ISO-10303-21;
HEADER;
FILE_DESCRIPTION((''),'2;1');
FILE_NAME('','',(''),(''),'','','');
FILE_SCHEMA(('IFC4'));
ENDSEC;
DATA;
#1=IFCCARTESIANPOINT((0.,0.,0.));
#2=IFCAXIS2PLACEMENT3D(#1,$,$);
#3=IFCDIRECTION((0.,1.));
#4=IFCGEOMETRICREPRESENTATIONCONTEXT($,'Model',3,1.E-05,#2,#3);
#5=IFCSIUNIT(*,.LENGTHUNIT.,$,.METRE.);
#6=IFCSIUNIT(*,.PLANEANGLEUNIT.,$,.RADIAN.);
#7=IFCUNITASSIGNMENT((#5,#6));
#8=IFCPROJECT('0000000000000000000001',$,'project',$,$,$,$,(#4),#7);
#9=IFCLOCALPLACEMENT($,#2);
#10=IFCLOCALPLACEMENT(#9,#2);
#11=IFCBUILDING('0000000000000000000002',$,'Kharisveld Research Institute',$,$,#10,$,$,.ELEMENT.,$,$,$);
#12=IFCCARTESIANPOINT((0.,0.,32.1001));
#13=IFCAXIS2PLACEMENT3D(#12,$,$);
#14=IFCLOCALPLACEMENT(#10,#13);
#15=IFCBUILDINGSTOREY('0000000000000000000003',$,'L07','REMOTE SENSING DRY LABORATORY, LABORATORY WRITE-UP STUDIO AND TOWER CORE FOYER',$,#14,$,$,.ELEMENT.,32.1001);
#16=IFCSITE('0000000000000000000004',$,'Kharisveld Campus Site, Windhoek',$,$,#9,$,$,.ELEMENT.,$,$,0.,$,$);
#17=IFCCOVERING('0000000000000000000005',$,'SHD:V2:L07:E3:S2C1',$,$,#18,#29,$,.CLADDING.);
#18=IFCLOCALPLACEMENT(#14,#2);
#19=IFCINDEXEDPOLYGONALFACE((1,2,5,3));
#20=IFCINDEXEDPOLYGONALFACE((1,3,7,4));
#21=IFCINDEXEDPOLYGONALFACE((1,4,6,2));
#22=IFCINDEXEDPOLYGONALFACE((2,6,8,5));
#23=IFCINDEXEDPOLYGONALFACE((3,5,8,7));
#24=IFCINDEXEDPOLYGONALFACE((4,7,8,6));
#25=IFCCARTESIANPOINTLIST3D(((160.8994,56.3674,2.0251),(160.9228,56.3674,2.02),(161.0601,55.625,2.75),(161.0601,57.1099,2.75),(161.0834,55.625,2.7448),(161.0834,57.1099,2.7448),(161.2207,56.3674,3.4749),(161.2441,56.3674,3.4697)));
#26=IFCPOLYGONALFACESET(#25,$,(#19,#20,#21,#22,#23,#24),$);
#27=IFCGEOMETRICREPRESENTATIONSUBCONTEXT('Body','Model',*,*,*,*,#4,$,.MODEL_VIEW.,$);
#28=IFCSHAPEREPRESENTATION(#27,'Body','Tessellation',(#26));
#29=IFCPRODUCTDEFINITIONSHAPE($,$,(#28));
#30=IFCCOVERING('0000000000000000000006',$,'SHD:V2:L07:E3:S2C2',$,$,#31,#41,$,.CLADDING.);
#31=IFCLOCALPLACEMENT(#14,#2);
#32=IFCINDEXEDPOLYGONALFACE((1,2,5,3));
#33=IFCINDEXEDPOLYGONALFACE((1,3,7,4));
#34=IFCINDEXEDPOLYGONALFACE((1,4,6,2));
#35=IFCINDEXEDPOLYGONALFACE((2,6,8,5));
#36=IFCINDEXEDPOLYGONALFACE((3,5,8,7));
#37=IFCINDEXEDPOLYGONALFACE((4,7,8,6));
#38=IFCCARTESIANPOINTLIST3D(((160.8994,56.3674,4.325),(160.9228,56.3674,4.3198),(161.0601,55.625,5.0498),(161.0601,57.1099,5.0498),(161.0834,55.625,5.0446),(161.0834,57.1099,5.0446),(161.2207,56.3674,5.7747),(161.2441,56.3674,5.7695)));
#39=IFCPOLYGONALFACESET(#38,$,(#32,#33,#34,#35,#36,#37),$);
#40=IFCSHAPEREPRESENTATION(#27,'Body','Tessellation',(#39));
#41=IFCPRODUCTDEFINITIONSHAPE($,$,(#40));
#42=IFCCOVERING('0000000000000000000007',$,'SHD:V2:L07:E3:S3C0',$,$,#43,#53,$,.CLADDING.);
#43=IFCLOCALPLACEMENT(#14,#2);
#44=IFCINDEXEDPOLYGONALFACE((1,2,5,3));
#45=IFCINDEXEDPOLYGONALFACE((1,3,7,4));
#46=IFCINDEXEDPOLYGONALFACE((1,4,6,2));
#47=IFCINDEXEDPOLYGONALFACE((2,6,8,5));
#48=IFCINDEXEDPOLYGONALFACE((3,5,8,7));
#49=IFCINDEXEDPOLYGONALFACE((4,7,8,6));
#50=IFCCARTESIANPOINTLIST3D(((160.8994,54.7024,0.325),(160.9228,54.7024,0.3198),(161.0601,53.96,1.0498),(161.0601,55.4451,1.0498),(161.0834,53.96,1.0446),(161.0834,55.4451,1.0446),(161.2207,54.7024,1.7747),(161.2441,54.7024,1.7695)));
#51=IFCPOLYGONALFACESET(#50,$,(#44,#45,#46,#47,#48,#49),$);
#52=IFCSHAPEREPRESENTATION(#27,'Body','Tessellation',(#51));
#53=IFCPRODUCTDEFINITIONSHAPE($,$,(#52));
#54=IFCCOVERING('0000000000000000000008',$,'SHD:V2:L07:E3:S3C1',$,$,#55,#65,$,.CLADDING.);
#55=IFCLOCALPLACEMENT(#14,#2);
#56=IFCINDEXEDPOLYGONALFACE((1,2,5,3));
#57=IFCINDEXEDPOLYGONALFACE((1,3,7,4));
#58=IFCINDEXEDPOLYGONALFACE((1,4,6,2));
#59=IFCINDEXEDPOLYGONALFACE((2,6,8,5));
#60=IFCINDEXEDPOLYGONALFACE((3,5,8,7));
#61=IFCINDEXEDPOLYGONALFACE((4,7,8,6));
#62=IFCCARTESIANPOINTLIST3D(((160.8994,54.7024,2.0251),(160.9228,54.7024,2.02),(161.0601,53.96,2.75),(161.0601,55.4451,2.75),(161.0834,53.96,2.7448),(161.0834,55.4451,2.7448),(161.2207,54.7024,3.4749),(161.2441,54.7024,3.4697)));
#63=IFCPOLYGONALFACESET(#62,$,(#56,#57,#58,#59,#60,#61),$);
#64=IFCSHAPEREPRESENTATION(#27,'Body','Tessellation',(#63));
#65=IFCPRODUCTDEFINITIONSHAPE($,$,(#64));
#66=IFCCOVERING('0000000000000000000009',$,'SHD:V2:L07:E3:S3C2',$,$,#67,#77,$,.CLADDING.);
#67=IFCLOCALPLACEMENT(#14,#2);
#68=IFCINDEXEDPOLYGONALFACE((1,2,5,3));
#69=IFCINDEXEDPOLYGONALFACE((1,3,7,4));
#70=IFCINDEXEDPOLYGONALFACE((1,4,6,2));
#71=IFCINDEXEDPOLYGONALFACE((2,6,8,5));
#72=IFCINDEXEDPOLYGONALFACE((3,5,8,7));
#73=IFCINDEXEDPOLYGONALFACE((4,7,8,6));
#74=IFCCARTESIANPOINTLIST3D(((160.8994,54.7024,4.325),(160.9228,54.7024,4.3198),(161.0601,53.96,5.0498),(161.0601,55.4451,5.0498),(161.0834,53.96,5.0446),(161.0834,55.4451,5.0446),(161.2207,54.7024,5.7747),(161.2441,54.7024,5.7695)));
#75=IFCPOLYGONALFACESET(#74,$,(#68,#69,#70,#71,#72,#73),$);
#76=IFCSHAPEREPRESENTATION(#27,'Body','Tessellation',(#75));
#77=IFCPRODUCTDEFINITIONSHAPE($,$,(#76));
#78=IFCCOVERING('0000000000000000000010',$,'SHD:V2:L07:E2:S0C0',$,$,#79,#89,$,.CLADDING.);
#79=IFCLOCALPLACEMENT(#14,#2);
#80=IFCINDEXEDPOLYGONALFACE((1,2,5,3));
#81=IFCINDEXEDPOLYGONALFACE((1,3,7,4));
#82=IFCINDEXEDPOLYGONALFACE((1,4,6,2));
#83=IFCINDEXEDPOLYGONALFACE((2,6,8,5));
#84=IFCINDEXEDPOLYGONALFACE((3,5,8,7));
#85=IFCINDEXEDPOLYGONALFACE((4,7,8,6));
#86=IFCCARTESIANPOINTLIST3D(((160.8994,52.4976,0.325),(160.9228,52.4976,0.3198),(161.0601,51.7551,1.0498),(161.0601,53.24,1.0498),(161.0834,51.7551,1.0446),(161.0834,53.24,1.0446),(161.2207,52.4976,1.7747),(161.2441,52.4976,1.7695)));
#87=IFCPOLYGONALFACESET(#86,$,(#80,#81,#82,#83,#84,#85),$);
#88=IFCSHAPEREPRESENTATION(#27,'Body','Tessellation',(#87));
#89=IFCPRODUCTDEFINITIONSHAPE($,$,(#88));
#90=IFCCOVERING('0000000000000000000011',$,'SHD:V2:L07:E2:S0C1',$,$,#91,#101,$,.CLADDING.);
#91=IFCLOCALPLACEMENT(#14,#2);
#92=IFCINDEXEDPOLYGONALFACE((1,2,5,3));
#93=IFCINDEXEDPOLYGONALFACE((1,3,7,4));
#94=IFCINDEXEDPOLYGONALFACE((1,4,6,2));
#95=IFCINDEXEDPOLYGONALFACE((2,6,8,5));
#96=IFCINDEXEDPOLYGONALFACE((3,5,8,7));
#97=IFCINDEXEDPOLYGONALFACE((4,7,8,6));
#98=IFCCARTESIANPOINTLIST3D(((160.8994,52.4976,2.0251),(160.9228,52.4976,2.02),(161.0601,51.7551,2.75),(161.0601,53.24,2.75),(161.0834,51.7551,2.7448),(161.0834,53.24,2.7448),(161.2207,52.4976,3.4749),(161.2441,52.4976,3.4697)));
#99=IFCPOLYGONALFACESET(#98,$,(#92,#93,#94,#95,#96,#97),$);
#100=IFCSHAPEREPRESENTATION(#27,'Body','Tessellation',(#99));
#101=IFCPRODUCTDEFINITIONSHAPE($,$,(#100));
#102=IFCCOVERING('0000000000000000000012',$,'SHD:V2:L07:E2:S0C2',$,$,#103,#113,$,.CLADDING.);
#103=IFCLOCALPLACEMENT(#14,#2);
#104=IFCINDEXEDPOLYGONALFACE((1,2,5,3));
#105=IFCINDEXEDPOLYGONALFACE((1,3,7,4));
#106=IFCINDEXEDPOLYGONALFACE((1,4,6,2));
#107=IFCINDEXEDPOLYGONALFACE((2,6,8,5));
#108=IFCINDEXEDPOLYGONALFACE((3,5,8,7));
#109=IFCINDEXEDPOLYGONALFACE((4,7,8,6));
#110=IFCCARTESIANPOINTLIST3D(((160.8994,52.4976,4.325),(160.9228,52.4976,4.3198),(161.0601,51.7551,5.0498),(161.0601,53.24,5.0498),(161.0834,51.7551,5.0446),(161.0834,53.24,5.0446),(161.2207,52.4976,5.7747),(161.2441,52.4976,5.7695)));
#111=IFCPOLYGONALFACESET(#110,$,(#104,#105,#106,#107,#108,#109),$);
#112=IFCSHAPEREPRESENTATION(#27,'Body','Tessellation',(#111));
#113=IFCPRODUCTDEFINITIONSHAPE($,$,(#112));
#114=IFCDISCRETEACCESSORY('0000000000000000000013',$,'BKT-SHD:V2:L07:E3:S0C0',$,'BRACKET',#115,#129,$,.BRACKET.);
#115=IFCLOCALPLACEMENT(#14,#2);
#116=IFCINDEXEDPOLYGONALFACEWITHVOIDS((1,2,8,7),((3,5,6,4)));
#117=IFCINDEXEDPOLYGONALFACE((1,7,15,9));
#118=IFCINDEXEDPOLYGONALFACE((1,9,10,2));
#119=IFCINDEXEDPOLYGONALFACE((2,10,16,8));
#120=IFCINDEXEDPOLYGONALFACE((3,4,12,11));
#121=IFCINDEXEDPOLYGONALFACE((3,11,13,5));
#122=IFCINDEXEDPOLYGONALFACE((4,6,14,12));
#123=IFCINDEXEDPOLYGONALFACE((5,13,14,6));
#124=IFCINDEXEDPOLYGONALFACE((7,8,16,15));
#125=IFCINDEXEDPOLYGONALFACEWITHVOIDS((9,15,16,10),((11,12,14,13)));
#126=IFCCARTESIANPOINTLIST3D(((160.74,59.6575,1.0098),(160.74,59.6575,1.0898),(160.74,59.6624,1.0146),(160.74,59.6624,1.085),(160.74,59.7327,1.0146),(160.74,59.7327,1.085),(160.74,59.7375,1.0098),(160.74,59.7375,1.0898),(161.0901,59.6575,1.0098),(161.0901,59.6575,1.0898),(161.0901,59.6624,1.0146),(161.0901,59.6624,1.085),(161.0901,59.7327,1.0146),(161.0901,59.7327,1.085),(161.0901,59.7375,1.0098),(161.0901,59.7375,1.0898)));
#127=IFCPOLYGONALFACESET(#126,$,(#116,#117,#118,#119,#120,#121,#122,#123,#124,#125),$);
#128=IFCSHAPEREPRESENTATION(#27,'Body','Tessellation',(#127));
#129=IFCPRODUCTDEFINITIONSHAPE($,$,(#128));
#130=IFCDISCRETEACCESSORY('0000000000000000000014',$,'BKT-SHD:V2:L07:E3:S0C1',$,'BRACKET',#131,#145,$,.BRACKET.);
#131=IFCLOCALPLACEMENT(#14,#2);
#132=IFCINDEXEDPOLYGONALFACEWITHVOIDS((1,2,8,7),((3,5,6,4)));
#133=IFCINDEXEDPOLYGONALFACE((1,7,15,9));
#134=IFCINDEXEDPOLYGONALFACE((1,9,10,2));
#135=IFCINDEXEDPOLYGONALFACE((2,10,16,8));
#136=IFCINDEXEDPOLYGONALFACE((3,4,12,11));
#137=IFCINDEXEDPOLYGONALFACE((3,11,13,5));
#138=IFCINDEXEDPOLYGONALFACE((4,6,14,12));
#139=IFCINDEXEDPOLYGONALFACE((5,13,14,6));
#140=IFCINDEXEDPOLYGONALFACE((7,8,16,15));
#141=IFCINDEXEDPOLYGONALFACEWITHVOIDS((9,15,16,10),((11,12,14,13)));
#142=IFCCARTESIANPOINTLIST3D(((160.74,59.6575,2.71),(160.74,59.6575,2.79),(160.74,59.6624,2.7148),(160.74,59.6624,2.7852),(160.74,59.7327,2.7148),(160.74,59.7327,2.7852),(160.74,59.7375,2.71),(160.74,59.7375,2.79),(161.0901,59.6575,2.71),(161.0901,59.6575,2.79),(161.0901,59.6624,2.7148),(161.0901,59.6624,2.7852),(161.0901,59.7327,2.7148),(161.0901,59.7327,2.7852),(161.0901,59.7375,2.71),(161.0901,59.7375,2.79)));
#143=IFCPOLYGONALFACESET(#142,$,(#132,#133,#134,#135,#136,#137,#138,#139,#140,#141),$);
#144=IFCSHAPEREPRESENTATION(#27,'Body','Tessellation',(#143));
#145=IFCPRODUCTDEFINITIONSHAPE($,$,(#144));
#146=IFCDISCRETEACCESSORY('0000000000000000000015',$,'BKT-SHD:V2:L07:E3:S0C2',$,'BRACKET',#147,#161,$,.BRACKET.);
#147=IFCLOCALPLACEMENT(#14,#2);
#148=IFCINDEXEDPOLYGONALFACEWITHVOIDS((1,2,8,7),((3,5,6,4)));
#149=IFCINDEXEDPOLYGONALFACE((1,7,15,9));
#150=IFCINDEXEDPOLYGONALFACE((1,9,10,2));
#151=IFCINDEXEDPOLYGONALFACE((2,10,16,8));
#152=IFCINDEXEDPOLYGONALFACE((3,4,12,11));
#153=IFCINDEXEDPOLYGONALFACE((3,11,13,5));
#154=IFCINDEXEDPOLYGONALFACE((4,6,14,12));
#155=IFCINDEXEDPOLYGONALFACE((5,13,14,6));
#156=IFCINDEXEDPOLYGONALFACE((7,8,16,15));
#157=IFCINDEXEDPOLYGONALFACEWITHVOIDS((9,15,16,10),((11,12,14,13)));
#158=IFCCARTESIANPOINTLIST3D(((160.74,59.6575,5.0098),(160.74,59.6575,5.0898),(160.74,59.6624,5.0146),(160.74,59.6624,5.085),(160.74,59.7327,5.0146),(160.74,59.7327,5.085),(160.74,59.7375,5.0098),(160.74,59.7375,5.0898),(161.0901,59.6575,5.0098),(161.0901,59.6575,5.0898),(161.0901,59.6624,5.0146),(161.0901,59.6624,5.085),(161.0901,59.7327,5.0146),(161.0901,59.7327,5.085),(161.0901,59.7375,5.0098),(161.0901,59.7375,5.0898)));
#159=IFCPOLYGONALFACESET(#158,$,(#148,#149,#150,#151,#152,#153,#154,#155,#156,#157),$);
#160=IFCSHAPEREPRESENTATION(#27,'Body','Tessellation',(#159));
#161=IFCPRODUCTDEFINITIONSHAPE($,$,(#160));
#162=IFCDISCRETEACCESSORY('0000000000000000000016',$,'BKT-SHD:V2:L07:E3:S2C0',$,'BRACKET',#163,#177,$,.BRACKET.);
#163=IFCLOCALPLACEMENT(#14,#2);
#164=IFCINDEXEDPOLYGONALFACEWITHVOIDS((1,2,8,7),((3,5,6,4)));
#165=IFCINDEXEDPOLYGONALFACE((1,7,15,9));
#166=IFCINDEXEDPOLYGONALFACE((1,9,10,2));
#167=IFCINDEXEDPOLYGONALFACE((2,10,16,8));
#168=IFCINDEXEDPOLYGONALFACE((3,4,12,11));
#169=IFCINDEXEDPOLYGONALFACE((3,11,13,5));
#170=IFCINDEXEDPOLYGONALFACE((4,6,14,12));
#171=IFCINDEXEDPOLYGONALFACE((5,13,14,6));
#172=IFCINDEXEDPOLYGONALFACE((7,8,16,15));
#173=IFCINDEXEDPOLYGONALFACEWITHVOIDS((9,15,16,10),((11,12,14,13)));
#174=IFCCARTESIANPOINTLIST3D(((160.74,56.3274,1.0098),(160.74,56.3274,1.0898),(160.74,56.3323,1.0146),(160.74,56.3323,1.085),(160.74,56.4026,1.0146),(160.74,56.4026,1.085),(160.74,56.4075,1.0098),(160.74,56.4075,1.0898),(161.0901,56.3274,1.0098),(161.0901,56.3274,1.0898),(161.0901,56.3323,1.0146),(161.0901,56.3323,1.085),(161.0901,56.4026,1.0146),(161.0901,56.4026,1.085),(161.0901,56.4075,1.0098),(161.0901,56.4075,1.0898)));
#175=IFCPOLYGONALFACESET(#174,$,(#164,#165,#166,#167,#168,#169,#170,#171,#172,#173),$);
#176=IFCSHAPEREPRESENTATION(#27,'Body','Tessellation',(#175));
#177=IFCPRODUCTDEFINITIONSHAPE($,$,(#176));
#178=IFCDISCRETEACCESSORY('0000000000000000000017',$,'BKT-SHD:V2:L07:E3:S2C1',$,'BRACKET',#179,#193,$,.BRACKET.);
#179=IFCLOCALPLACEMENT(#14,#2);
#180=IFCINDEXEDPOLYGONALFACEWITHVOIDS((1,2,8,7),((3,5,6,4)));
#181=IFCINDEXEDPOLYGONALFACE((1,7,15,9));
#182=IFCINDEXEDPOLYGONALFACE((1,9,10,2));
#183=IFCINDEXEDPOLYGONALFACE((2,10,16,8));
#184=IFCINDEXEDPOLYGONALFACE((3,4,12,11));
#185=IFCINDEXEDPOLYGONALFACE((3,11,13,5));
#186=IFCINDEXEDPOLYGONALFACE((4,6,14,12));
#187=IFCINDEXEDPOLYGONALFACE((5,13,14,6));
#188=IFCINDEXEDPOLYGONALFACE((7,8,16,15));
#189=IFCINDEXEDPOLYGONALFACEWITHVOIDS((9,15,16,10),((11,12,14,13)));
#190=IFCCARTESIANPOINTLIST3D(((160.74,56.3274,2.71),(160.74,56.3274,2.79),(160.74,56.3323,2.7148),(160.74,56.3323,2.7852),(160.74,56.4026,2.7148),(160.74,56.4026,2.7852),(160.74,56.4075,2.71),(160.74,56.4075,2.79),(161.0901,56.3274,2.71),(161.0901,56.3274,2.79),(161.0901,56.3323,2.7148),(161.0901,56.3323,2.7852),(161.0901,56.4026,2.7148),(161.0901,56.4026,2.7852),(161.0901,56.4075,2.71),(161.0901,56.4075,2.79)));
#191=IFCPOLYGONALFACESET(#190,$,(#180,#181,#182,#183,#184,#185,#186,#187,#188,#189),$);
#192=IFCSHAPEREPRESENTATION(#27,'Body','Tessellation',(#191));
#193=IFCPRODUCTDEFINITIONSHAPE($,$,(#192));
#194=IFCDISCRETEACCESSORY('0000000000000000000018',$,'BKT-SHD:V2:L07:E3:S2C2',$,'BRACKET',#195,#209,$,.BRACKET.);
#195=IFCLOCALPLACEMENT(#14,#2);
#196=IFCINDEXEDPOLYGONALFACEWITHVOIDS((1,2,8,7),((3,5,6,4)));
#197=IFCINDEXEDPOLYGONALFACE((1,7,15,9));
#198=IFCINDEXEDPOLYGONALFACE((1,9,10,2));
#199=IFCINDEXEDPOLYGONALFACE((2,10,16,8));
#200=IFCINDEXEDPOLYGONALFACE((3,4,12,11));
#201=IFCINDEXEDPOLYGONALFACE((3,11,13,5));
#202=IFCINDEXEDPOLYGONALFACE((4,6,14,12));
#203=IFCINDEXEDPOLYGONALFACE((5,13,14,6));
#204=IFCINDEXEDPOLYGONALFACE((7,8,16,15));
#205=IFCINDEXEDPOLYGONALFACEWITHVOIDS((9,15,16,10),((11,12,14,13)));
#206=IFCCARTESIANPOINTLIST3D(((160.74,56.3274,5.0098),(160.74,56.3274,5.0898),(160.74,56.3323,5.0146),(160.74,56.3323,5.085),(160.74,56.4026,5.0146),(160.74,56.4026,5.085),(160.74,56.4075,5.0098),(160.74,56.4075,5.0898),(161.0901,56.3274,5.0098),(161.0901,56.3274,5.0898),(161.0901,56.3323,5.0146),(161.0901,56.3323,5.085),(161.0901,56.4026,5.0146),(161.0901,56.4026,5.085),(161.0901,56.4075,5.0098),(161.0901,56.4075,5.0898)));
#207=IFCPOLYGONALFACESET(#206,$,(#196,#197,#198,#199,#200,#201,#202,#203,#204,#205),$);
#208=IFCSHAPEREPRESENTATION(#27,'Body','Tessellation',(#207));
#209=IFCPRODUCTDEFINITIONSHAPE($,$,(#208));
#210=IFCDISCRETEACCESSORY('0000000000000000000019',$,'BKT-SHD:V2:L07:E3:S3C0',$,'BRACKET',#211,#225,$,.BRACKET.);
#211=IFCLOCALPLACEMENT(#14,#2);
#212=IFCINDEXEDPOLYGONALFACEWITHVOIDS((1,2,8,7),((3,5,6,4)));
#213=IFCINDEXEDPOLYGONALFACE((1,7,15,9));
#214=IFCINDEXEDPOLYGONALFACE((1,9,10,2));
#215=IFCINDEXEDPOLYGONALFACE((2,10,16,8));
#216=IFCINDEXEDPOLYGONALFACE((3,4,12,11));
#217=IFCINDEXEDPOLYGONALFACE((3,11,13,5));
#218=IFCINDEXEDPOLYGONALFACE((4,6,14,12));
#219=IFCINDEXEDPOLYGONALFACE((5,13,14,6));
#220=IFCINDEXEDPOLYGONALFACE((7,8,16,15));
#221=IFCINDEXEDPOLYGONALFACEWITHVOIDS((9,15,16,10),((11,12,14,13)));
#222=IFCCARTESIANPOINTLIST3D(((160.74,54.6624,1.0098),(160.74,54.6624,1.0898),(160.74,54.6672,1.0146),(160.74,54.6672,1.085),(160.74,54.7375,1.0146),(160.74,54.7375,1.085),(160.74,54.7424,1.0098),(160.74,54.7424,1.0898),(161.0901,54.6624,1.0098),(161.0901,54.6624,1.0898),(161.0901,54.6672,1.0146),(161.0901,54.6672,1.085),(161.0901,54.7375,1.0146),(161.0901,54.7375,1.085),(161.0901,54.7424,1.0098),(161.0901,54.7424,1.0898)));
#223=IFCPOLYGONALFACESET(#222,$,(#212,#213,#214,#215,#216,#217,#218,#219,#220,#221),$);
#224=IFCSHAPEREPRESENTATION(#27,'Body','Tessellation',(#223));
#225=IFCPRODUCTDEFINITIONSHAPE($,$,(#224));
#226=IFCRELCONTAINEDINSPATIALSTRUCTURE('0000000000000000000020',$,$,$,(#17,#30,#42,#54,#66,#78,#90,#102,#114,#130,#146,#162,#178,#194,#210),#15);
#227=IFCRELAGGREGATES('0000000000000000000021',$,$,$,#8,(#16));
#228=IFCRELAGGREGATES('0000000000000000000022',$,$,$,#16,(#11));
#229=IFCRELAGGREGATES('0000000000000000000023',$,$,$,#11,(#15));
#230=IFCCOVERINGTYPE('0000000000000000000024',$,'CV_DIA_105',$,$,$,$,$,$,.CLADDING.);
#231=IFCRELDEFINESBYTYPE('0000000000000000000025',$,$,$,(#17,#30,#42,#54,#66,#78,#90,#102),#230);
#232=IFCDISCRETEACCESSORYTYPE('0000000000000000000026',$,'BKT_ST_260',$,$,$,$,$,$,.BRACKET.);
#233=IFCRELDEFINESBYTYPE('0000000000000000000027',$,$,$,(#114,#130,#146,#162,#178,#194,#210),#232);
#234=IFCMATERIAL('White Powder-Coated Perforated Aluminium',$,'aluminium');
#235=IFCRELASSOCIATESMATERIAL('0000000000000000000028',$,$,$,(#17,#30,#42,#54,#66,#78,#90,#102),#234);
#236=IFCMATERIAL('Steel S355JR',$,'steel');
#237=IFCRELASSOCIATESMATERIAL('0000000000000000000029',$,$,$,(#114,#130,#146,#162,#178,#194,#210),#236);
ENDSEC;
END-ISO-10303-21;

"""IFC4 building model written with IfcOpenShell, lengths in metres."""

from ifc_helpers import new_model, si_unit, direction, frame, origin, origin_2d, place, context, subcontext, project, spatial, polyline, hollow_rectangle, outline, extrude, material, type_object, element, save


model = new_model("IFC4")

# Units and contexts
model_context = context("Model", 3, precision=1e-05, world=origin(), true_north=direction((0.0, 1.0)))
body_context = subcontext(model_context, "Body", "Model", "MODEL_VIEW")
ifc_project = project(units=[si_unit("LENGTHUNIT", "METRE"), si_unit("PLANEANGLEUNIT", "RADIAN")], contexts=[model_context])

# Site, building, storey
site_placement = place(None, origin())
site = spatial("IfcSite", under=ifc_project, at=site_placement, Name="Kharisveld Campus Site, Windhoek", CompositionType="ELEMENT", RefElevation=0.0)
building_placement = place(site_placement, origin())
building = spatial("IfcBuilding", under=site, at=building_placement, Name="Kharisveld Research Institute", CompositionType="ELEMENT")
storey_placement = place(building_placement, frame((0.0, 0.0, 32.1001)))
storey = spatial("IfcBuildingStorey", under=building, at=storey_placement, Name="L07", Description="REMOTE SENSING DRY LABORATORY, LABORATORY WRITE-UP STUDIO AND TOWER CORE FOYER", CompositionType="ELEMENT", Elevation=32.1001)

# Coverings
ifc_material_1 = material(Name="White Powder-Coated Perforated Aluminium", Category="aluminium")
covering_type = type_object("IfcCoveringType", Name="CV_DIA_105", PredefinedType="CLADDING")
for number, where, z_axis, x_axis, name in (
    (1, (160.8994, 56.3674, 2.0251), (-0.976311, 0.0, 0.216373), (0.153, -0.707102, 0.69036), "SHD:V2:L07:E3:S2C1"),
    (2, (160.8994, 56.3674, 4.325), (-0.976311, 0.0, 0.216373), (0.153, -0.707102, 0.69036), "SHD:V2:L07:E3:S2C2"),
):
    element("IfcCovering", number, at=place(storey_placement, frame(where, z_axis=z_axis, x_axis=x_axis)), inside=storey, type_object=covering_type, material=ifc_material_1, Name=name, PredefinedType="CLADDING", context=body_context, shape_type="SweptSolid", body=[
        extrude(outline(polyline([(0.0, 0.0), (1.05, 0.0), (1.05, 1.05), (0.0, 1.05), (0.0, 0.0)])), origin(), (0.0, 0.0, -1.0), 0.0239),
    ])
for number, where, z_axis, x_axis, name in (
    (3, (160.8994, 54.7024, 0.325), (-0.976311, 0.0, 0.216373), (0.153, -0.707102, 0.69036), "SHD:V2:L07:E3:S3C0"),
    (4, (160.8994, 54.7024, 2.0251), (-0.976311, 0.0, 0.216373), (0.153, -0.707102, 0.69036), "SHD:V2:L07:E3:S3C1"),
    (5, (160.8994, 54.7024, 4.325), (-0.976311, 0.0, 0.216373), (0.153, -0.707102, 0.69036), "SHD:V2:L07:E3:S3C2"),
):
    element("IfcCovering", number, at=place(storey_placement, frame(where, z_axis=z_axis, x_axis=x_axis)), inside=storey, type_object=covering_type, material=ifc_material_1, Name=name, PredefinedType="CLADDING", context=body_context, shape_type="SweptSolid", body=[
        extrude(outline(polyline([(0.0, 0.0), (1.05, 0.0), (1.05, 1.05), (-0.0002, 1.0501), (0.0, 0.0)])), origin(), (0.0, 0.0, -1.0), 0.0239),
    ])
for number, where, z_axis, x_axis, name in (
    (6, (160.8994, 52.4976, 0.325), (-0.976311, 0.0, 0.216373), (0.153, -0.707102, 0.69036), "SHD:V2:L07:E2:S0C0"),
    (7, (160.8994, 52.4976, 2.0251), (-0.976311, 0.0, 0.216373), (0.153, -0.707102, 0.69036), "SHD:V2:L07:E2:S0C1"),
    (8, (160.8994, 52.4976, 4.325), (-0.976311, 0.0, 0.216373), (0.153, -0.707102, 0.69036), "SHD:V2:L07:E2:S0C2"),
):
    element("IfcCovering", number, at=place(storey_placement, frame(where, z_axis=z_axis, x_axis=x_axis)), inside=storey, type_object=covering_type, material=ifc_material_1, Name=name, PredefinedType="CLADDING", context=body_context, shape_type="SweptSolid", body=[
        extrude(outline(polyline([(0.0, 0.0), (1.05, 0.0), (1.05, 1.05), (0.0, 1.05), (0.0, 0.0)])), origin(), (0.0, 0.0, -1.0), 0.0239),
    ])

# Discrete accessories
ifc_material_2 = material(Name="Steel S355JR", Category="steel")
discrete_accessory_type = type_object("IfcDiscreteAccessoryType", Name="BKT_ST_260", PredefinedType="BRACKET")
for number, where, z_axis, x_axis, name in (
    (9, (160.74, 59.6975, 1.0498), (1.0, 0.0, 0.0), (0.0, 1.0, 0.0), "BKT-SHD:V2:L07:E3:S0C0"),
    (10, (160.74, 59.6975, 2.75), (1.0, 0.0, 0.0), (0.0, 1.0, 0.0), "BKT-SHD:V2:L07:E3:S0C1"),
    (11, (160.74, 59.6975, 5.0498), (1.0, 0.0, 0.0), (0.0, 1.0, 0.0), "BKT-SHD:V2:L07:E3:S0C2"),
    (12, (160.74, 56.3674, 1.0498), (1.0, 0.0, 0.0), (0.0, 1.0, 0.0), "BKT-SHD:V2:L07:E3:S2C0"),
    (13, (160.74, 56.3674, 2.75), (1.0, 0.0, 0.0), (0.0, 1.0, 0.0), "BKT-SHD:V2:L07:E3:S2C1"),
    (14, (160.74, 56.3674, 5.0498), (1.0, 0.0, 0.0), (0.0, 1.0, 0.0), "BKT-SHD:V2:L07:E3:S2C2"),
    (15, (160.74, 54.7024, 1.0498), (1.0, 0.0, 0.0), (0.0, 1.0, 0.0), "BKT-SHD:V2:L07:E3:S3C0"),
):
    element("IfcDiscreteAccessory", number, at=place(storey_placement, frame(where, z_axis=z_axis, x_axis=x_axis)), inside=storey, type_object=discrete_accessory_type, material=ifc_material_2, Name=name, ObjectType="BRACKET", PredefinedType="BRACKET", context=body_context, shape_type="SweptSolid", body=[
        extrude(hollow_rectangle(XDim=0.0801, YDim=0.0801, WallThickness=0.0049, at=origin_2d()), origin(), (0.0, 0.0, 1.0), 0.3501),
    ])

save(model, "model.ifc")
